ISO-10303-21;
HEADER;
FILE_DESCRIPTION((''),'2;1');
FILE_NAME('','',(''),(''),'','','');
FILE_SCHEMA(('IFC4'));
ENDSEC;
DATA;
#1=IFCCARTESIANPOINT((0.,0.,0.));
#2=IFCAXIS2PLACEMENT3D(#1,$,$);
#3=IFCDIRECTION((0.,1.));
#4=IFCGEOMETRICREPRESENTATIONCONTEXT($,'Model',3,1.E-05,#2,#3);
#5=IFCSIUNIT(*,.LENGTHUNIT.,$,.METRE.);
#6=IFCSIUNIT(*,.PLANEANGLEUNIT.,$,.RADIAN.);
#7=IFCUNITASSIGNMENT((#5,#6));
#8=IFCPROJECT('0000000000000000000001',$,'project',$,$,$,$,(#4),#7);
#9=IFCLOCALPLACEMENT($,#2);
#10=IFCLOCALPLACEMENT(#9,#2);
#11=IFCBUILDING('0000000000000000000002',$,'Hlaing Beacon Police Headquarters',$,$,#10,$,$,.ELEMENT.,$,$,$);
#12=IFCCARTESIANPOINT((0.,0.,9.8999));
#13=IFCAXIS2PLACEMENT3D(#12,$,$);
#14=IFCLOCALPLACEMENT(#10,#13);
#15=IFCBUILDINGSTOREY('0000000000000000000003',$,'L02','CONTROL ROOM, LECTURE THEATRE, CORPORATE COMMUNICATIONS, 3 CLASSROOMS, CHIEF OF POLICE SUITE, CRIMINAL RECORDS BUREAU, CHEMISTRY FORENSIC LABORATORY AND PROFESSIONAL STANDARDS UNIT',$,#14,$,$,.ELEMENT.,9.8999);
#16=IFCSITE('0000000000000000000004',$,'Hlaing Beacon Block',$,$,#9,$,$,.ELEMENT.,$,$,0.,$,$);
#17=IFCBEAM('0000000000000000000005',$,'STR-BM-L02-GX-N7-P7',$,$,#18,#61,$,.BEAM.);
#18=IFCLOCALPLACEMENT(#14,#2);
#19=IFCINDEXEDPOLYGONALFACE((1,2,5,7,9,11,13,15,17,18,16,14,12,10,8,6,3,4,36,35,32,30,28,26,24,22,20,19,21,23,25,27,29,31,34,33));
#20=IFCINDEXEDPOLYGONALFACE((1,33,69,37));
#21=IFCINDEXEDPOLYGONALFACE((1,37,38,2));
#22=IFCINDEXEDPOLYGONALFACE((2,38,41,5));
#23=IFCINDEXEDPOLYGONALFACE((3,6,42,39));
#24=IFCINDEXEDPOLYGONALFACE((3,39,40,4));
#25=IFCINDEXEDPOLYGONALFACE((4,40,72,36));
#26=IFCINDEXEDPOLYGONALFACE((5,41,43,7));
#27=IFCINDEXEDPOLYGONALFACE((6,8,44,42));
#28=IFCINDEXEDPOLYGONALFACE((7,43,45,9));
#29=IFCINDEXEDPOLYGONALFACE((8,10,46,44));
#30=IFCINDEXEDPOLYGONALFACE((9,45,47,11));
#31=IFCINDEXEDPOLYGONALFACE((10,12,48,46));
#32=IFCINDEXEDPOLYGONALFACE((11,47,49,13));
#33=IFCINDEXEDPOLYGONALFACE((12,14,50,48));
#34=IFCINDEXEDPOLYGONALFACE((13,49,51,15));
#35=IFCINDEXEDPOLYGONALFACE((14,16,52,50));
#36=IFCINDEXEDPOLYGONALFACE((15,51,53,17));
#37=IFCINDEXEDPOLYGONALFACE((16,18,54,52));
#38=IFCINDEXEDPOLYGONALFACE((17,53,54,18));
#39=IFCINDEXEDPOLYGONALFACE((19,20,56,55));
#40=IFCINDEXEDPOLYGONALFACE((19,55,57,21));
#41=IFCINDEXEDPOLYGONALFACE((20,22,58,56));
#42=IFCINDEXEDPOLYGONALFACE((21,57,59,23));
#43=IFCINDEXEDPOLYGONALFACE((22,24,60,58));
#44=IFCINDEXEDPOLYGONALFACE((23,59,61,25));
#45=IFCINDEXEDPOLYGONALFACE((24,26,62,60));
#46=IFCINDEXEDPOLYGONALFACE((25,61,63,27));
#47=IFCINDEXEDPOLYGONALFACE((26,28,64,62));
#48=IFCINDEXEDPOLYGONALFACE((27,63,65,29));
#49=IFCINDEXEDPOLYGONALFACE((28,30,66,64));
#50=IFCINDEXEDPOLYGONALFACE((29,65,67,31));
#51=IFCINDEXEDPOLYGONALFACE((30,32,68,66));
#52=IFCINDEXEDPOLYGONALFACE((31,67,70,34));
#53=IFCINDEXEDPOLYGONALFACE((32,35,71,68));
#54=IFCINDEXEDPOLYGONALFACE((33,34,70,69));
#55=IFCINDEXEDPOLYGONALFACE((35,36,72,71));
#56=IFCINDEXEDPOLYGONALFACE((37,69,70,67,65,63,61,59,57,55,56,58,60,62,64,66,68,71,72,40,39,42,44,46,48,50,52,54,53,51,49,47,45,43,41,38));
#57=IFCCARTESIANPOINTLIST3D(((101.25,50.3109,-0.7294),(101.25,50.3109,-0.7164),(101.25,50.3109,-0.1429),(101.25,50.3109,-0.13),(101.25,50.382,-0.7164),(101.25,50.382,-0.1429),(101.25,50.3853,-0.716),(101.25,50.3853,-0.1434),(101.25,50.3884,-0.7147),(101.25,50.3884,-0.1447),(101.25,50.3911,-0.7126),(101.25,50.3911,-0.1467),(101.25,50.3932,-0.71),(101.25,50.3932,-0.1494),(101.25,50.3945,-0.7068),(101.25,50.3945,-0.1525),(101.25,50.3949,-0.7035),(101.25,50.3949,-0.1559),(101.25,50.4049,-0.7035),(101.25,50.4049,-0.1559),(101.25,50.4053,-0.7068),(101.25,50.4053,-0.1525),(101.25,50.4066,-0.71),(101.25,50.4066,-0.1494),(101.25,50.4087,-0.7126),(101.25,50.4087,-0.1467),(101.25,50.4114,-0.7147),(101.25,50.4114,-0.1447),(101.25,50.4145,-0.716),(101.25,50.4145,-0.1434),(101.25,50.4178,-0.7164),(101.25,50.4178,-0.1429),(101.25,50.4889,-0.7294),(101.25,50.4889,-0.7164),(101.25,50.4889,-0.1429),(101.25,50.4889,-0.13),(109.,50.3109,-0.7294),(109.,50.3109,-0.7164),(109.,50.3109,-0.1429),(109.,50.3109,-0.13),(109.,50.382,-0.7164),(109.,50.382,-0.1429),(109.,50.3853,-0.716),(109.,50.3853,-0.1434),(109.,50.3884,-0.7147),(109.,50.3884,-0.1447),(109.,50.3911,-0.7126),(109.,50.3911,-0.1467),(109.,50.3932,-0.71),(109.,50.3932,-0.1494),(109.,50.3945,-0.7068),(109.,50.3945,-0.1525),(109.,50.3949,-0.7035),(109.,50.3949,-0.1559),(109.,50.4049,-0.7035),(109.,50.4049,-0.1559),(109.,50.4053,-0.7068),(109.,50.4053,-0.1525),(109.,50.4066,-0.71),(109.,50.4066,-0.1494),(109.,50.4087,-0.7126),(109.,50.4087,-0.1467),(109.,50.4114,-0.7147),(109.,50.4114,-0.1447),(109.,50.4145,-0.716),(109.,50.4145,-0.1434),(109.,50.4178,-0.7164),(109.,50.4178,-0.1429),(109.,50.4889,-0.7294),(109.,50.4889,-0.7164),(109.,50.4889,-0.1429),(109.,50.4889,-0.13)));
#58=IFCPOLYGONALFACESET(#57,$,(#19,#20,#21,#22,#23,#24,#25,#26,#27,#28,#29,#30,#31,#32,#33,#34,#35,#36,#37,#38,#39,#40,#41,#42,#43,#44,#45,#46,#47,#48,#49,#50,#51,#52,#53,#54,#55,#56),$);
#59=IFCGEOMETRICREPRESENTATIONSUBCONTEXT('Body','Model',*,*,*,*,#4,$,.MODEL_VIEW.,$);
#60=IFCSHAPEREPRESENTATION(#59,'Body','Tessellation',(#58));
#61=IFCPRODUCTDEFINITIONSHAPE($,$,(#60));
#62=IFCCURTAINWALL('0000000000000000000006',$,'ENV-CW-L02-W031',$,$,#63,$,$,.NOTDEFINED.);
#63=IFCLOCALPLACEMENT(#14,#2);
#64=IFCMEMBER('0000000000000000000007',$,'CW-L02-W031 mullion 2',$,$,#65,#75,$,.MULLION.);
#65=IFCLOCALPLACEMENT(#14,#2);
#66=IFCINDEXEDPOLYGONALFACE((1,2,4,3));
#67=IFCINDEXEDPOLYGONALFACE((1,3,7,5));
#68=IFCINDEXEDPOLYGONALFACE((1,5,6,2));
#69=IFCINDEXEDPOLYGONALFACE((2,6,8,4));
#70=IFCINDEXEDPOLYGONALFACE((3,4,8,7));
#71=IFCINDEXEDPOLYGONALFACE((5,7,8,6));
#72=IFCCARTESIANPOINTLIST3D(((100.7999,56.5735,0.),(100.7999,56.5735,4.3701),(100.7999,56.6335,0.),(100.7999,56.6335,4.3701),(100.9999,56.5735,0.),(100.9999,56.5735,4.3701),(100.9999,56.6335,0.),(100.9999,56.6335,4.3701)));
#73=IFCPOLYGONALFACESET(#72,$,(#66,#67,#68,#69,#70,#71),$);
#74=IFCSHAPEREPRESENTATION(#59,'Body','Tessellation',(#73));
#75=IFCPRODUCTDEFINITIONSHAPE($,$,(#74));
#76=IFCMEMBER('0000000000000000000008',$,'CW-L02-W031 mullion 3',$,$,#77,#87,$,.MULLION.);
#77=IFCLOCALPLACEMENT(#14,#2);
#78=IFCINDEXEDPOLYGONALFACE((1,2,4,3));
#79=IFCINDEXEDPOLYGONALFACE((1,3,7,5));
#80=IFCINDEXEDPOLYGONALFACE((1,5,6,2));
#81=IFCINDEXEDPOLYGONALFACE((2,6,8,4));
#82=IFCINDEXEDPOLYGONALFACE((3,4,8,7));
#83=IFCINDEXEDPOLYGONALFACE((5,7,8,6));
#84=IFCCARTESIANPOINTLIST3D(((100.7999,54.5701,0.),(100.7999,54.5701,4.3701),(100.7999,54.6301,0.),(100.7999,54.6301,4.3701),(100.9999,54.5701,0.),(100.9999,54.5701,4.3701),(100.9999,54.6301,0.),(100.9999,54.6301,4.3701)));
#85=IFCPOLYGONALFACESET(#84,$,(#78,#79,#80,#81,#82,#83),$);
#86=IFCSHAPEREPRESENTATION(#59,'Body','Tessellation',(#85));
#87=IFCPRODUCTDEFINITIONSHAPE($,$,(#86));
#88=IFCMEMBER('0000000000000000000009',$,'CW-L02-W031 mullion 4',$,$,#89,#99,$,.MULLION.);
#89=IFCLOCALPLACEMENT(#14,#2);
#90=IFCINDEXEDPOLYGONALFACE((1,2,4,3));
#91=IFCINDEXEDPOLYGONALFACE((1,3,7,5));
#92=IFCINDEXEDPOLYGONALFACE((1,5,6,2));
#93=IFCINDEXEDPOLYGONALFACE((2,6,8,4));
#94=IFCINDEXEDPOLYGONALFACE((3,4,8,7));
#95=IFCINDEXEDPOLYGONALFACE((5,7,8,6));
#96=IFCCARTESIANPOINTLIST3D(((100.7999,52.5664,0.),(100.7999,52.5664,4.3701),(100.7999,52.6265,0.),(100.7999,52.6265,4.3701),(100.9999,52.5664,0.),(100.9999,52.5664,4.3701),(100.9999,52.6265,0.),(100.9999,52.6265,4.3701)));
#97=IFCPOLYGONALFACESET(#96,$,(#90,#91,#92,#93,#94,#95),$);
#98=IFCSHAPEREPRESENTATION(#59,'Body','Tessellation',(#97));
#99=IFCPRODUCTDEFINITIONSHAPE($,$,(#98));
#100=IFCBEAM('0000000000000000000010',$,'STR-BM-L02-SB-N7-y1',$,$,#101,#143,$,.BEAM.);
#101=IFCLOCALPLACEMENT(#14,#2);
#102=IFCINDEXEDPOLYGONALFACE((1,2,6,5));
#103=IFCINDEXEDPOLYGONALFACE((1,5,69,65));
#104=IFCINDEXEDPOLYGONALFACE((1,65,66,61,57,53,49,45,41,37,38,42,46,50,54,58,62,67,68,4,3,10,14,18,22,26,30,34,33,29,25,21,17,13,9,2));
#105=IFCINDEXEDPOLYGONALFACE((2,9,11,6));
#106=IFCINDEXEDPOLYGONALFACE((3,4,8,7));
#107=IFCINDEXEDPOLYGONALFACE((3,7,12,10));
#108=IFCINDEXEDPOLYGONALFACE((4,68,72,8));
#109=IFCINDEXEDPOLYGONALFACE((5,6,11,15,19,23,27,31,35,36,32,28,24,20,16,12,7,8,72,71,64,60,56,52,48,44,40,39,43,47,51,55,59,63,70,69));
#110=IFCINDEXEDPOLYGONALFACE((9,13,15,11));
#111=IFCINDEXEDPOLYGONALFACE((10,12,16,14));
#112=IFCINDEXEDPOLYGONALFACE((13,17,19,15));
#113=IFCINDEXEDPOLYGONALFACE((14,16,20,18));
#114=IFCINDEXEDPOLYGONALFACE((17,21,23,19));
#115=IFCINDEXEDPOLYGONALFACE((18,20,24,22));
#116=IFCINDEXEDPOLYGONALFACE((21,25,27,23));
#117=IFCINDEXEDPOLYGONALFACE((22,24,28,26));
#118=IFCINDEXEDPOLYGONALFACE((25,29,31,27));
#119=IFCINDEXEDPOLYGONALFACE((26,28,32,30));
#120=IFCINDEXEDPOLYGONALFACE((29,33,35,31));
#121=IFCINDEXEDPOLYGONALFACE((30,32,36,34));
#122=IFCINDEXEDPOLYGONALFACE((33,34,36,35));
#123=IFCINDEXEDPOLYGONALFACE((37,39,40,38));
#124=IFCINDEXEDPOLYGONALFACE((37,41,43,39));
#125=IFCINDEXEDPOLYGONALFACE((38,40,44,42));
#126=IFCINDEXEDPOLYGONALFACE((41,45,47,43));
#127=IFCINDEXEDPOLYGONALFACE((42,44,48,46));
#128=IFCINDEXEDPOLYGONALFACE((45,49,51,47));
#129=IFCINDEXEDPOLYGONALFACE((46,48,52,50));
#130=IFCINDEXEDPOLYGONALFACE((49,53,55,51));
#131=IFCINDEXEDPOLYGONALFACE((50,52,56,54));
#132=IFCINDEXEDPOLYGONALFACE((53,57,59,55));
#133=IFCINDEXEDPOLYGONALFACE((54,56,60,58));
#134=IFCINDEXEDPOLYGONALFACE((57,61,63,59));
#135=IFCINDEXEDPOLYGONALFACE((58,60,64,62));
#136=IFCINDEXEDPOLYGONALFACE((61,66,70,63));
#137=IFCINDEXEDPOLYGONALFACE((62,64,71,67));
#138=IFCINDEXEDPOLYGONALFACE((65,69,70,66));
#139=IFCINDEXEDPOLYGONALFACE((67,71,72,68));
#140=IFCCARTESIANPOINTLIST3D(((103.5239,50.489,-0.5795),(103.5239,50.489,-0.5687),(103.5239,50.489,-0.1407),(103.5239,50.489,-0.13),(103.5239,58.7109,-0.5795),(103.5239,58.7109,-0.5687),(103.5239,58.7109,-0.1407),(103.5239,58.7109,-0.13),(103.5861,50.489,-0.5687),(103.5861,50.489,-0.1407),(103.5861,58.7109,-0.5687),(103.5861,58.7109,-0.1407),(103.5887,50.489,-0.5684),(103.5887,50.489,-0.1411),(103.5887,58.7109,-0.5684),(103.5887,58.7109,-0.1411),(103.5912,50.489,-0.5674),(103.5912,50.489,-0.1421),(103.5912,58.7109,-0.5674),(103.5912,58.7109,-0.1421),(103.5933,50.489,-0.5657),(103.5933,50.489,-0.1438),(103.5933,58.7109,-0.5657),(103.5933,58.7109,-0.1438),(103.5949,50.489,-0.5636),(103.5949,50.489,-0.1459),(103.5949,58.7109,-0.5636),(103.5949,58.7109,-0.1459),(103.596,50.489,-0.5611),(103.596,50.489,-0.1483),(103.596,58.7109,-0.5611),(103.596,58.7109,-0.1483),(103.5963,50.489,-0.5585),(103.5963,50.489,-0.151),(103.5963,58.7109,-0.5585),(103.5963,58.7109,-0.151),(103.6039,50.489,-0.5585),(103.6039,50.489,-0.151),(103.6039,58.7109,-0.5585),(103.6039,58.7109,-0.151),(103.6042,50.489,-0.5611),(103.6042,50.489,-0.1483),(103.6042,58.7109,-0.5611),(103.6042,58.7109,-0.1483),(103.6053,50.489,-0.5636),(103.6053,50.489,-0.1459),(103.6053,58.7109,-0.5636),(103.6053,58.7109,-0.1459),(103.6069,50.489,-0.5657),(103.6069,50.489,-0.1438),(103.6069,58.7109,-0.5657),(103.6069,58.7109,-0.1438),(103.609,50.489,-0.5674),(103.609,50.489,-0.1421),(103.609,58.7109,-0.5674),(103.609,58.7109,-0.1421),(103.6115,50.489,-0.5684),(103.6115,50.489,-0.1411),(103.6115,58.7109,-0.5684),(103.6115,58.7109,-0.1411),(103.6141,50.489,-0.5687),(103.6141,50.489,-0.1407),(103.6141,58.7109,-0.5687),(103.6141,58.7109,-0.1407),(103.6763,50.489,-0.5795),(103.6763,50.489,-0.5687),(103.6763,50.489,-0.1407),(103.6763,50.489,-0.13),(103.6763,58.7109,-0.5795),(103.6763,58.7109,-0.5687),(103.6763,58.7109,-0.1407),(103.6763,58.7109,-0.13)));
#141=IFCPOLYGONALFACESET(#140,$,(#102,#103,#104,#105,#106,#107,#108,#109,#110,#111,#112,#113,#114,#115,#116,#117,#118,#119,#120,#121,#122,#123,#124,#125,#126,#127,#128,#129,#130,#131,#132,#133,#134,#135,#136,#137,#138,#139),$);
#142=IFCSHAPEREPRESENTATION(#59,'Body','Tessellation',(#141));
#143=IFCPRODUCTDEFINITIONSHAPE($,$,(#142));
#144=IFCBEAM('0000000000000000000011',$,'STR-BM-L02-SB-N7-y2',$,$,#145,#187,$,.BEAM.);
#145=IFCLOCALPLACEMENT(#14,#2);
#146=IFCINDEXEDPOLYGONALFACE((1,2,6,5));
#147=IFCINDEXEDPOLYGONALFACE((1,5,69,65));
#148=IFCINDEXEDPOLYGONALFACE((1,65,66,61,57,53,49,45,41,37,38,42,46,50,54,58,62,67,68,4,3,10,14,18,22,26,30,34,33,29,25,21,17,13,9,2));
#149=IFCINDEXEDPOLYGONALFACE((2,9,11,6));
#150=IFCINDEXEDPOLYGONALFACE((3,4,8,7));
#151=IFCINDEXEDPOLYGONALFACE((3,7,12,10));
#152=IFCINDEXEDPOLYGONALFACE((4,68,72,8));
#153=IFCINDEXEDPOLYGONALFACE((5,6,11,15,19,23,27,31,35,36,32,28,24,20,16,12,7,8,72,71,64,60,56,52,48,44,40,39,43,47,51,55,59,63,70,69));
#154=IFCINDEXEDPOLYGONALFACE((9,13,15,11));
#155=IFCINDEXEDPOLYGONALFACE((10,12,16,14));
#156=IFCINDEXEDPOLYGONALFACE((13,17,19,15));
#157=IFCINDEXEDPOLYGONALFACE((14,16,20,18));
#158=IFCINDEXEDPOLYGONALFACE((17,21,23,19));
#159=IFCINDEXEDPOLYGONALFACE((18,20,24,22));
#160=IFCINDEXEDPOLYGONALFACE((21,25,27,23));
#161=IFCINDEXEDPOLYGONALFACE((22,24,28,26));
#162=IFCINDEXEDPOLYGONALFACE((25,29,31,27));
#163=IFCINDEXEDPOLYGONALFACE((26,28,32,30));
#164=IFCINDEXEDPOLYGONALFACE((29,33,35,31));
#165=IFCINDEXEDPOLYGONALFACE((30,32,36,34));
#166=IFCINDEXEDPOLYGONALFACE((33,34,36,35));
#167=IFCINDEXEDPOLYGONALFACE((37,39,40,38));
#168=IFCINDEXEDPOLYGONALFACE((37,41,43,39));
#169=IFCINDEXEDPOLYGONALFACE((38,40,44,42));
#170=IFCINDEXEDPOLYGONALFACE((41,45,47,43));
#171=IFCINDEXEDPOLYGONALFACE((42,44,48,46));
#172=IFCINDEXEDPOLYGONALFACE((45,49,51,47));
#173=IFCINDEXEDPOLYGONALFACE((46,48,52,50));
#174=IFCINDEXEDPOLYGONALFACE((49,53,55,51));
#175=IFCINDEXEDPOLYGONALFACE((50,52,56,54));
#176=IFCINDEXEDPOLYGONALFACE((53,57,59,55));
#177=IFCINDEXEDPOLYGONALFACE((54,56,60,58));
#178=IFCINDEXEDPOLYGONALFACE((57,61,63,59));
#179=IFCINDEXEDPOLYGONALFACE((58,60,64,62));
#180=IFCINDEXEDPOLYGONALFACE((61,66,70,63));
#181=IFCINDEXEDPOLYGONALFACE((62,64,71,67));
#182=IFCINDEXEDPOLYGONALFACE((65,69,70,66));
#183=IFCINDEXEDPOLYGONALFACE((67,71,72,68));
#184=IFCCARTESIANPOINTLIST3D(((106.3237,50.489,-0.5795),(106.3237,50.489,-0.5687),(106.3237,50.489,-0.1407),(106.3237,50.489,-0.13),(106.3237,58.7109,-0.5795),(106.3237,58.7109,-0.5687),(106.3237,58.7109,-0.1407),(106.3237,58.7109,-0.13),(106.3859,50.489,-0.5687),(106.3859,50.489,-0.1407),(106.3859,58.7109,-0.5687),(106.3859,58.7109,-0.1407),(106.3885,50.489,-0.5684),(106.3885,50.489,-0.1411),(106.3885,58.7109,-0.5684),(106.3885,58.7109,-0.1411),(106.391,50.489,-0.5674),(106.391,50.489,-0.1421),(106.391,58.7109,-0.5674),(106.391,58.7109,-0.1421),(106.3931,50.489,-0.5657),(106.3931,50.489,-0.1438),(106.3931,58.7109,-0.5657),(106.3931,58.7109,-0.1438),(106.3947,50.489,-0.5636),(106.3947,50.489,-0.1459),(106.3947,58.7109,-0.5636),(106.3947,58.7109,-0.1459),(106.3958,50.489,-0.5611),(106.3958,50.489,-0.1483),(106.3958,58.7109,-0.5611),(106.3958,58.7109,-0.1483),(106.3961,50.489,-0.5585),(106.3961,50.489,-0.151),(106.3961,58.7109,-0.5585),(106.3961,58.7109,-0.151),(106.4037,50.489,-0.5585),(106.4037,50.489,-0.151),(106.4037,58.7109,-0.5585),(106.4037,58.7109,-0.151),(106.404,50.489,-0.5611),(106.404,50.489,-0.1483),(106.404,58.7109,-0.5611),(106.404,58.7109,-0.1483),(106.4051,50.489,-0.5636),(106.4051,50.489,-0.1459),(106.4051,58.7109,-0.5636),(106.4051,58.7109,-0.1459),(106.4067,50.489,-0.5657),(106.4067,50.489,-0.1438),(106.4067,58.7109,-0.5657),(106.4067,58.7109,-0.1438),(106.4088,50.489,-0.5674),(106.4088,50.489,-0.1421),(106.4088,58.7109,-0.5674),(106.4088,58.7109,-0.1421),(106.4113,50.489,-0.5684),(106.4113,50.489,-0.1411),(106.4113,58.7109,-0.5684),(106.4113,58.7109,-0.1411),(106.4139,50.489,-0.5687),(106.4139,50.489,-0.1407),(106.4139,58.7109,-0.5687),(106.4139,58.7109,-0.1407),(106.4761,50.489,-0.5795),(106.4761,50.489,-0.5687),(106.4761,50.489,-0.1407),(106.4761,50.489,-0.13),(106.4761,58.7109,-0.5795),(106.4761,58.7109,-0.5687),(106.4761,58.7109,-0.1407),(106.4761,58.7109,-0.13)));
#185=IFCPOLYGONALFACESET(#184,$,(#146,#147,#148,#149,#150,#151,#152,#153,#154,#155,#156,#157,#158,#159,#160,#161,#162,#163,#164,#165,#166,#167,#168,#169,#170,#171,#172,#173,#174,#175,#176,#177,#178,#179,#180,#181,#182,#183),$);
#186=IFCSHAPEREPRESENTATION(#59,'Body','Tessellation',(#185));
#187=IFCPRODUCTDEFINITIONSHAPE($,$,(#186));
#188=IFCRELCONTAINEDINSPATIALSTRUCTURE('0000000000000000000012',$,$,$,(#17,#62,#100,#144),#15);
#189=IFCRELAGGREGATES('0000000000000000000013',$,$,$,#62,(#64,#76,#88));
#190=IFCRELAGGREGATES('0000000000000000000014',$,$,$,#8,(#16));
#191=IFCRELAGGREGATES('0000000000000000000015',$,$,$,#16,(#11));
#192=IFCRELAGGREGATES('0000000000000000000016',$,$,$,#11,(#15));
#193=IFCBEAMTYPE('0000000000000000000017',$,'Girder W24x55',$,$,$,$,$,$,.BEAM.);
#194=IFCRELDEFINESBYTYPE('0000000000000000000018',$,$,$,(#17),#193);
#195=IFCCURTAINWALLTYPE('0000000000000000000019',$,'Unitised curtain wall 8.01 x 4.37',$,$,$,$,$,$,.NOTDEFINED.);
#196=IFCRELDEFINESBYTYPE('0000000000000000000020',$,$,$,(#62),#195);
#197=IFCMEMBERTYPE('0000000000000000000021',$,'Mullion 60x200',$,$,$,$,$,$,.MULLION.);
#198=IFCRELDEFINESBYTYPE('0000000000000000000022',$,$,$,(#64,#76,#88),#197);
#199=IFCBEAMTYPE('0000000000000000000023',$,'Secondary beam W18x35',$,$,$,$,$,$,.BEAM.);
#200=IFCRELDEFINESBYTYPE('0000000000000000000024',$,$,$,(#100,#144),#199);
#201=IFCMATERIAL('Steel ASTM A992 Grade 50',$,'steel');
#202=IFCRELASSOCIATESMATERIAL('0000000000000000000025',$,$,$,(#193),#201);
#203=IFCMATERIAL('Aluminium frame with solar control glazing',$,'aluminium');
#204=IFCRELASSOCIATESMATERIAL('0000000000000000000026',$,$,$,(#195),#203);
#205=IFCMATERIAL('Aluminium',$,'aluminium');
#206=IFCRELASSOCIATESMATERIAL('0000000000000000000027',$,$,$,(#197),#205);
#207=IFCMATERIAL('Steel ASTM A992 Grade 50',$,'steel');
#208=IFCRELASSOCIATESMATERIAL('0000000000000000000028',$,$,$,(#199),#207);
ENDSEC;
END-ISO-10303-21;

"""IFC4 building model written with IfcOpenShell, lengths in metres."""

from ifc_helpers import new_model, si_unit, direction, frame, origin, origin_2d, place, context, subcontext, project, spatial, rectangle, i_section, extrude, material, material_profile, profile_set, type_object, element, aggregate, save


model = new_model("IFC4")

# Units and contexts
model_context = context("Model", 3, precision=1e-05, world=origin(), true_north=direction((0.0, 1.0)))
body_context = subcontext(model_context, "Body", "Model", "MODEL_VIEW")
ifc_project = project(units=[si_unit("LENGTHUNIT", "METRE"), si_unit("PLANEANGLEUNIT", "RADIAN")], contexts=[model_context])

# Site, building, storey
site_placement = place(None, origin())
site = spatial("IfcSite", under=ifc_project, at=site_placement, Name="Hlaing Beacon Block", CompositionType="ELEMENT", RefElevation=0.0)
building_placement = place(site_placement, origin())
building = spatial("IfcBuilding", under=site, at=building_placement, Name="Hlaing Beacon Police Headquarters", CompositionType="ELEMENT")
storey_placement = place(building_placement, frame((0.0, 0.0, 9.8999)))
storey = spatial("IfcBuildingStorey", under=building, at=storey_placement, Name="L02", Description="CONTROL ROOM, LECTURE THEATRE, CORPORATE COMMUNICATIONS, 3 CLASSROOMS, CHIEF OF POLICE SUITE, CRIMINAL RECORDS BUREAU, CHEMISTRY FORENSIC LABORATORY AND PROFESSIONAL STANDARDS UNIT", CompositionType="ELEMENT", Elevation=9.8999)

# Beam
ifc_material_1 = material(Name="Steel ASTM A992 Grade 50", Category="steel")
ifc_material_profile_1 = material_profile(ifc_material_1, i_section(OverallWidth=0.178, OverallDepth=0.5994, WebThickness=0.01, FlangeThickness=0.0129, FilletRadius=0.0129, at=origin_2d()), Name="W24x55")
ifc_profile_set_1 = profile_set([ifc_material_profile_1], Name="Steel ASTM A992 Grade 50")
beam_type_1 = type_object("IfcBeamType", Name="Girder W24x55", PredefinedType="BEAM", material=ifc_profile_set_1)
beam_placement = place(storey_placement, frame((101.25, 50.3999, -0.4297), z_axis=(1.0, 0.0, 0.0), x_axis=(0.0, 1.0, 0.0)))
element("IfcBeam", 1, at=beam_placement, inside=storey, type_object=beam_type_1, Name="STR-BM-L02-GX-N7-P7", PredefinedType="BEAM", context=body_context, shape_type="SweptSolid", body=[
    extrude(i_section(OverallWidth=0.178, OverallDepth=0.5994, WebThickness=0.01, FlangeThickness=0.0129, FilletRadius=0.0129, at=origin_2d()), origin(), (0.0, 0.0, 1.0), 7.75),
])

# Curtain wall, members
ifc_material_2 = material(Name="Aluminium frame with solar control glazing", Category="aluminium")
curtain_wall_type = type_object("IfcCurtainWallType", Name="Unitised curtain wall 8.01 x 4.37", PredefinedType="NOTDEFINED", material=ifc_material_2)
curtain_wall_placement = place(storey_placement, origin())
curtain_wall = element("IfcCurtainWall", 2, at=curtain_wall_placement, inside=storey, type_object=curtain_wall_type, Name="ENV-CW-L02-W031", PredefinedType="NOTDEFINED")
ifc_material_3 = material(Name="Aluminium", Category="aluminium")
ifc_material_profile_2 = material_profile(ifc_material_3, rectangle(XDim=0.2, YDim=0.0601, at=origin_2d()), Name="Mullion 60x200")
ifc_profile_set_2 = profile_set([ifc_material_profile_2], Name="Aluminium")
member_type_1 = type_object("IfcMemberType", Name="Mullion 60x200", PredefinedType="MULLION", material=ifc_profile_set_2)
member_1_placement = place(storey_placement, frame((100.8999, 56.6035, 0.0), z_axis=(0.0, 0.0, 1.0), x_axis=(1.0, 0.0, 0.0)))
member_1 = element("IfcMember", 3, at=member_1_placement, type_object=member_type_1, Name="CW-L02-W031 mullion 2", PredefinedType="MULLION", context=body_context, shape_type="SweptSolid", body=[
    extrude(rectangle(XDim=0.2, YDim=0.0601, at=origin_2d()), origin(), (0.0, 0.0, 1.0), 4.3701),
])
member_2_placement = place(storey_placement, frame((100.8999, 54.6001, 0.0), z_axis=(0.0, 0.0, 1.0), x_axis=(1.0, 0.0, 0.0)))
member_2 = element("IfcMember", 4, at=member_2_placement, type_object=member_type_1, Name="CW-L02-W031 mullion 3", PredefinedType="MULLION", context=body_context, shape_type="SweptSolid", body=[
    extrude(rectangle(XDim=0.2, YDim=0.0601, at=origin_2d()), origin(), (0.0, 0.0, 1.0), 4.3701),
])
member_3_placement = place(storey_placement, frame((100.8999, 52.5964, 0.0), z_axis=(0.0, 0.0, 1.0), x_axis=(1.0, 0.0, 0.0)))
member_3 = element("IfcMember", 5, at=member_3_placement, type_object=member_type_1, Name="CW-L02-W031 mullion 4", PredefinedType="MULLION", context=body_context, shape_type="SweptSolid", body=[
    extrude(rectangle(XDim=0.2, YDim=0.0601, at=origin_2d()), origin(), (0.0, 0.0, 1.0), 4.3701),
])

# Beams
ifc_material_4 = material(Name="Steel ASTM A992 Grade 50", Category="steel")
ifc_material_profile_3 = material_profile(ifc_material_4, i_section(OverallWidth=0.1523, OverallDepth=0.4495, WebThickness=0.0076, FlangeThickness=0.0107, FilletRadius=0.0103, at=origin_2d()), Name="W18x35")
ifc_profile_set_3 = profile_set([ifc_material_profile_3], Name="Steel ASTM A992 Grade 50")
beam_type_2 = type_object("IfcBeamType", Name="Secondary beam W18x35", PredefinedType="BEAM", material=ifc_profile_set_3)
for number, where, z_axis, x_axis, name in (
    (6, (103.6001, 50.489, -0.3547), (0.0, 1.0, 0.0), (-1.0, 0.0, 0.0), "STR-BM-L02-SB-N7-y1"),
    (7, (106.3999, 50.489, -0.3547), (0.0, 1.0, 0.0), (-1.0, 0.0, 0.0), "STR-BM-L02-SB-N7-y2"),
):
    element("IfcBeam", number, at=place(storey_placement, frame(where, z_axis=z_axis, x_axis=x_axis)), inside=storey, type_object=beam_type_2, Name=name, PredefinedType="BEAM", context=body_context, shape_type="SweptSolid", body=[
        extrude(i_section(OverallWidth=0.1523, OverallDepth=0.4495, WebThickness=0.0076, FlangeThickness=0.0107, FilletRadius=0.0103, at=origin_2d()), origin(), (0.0, 0.0, 1.0), 8.2219),
    ])

aggregate(curtain_wall, [member_1, member_2, member_3])

save(model, "model.ifc")
